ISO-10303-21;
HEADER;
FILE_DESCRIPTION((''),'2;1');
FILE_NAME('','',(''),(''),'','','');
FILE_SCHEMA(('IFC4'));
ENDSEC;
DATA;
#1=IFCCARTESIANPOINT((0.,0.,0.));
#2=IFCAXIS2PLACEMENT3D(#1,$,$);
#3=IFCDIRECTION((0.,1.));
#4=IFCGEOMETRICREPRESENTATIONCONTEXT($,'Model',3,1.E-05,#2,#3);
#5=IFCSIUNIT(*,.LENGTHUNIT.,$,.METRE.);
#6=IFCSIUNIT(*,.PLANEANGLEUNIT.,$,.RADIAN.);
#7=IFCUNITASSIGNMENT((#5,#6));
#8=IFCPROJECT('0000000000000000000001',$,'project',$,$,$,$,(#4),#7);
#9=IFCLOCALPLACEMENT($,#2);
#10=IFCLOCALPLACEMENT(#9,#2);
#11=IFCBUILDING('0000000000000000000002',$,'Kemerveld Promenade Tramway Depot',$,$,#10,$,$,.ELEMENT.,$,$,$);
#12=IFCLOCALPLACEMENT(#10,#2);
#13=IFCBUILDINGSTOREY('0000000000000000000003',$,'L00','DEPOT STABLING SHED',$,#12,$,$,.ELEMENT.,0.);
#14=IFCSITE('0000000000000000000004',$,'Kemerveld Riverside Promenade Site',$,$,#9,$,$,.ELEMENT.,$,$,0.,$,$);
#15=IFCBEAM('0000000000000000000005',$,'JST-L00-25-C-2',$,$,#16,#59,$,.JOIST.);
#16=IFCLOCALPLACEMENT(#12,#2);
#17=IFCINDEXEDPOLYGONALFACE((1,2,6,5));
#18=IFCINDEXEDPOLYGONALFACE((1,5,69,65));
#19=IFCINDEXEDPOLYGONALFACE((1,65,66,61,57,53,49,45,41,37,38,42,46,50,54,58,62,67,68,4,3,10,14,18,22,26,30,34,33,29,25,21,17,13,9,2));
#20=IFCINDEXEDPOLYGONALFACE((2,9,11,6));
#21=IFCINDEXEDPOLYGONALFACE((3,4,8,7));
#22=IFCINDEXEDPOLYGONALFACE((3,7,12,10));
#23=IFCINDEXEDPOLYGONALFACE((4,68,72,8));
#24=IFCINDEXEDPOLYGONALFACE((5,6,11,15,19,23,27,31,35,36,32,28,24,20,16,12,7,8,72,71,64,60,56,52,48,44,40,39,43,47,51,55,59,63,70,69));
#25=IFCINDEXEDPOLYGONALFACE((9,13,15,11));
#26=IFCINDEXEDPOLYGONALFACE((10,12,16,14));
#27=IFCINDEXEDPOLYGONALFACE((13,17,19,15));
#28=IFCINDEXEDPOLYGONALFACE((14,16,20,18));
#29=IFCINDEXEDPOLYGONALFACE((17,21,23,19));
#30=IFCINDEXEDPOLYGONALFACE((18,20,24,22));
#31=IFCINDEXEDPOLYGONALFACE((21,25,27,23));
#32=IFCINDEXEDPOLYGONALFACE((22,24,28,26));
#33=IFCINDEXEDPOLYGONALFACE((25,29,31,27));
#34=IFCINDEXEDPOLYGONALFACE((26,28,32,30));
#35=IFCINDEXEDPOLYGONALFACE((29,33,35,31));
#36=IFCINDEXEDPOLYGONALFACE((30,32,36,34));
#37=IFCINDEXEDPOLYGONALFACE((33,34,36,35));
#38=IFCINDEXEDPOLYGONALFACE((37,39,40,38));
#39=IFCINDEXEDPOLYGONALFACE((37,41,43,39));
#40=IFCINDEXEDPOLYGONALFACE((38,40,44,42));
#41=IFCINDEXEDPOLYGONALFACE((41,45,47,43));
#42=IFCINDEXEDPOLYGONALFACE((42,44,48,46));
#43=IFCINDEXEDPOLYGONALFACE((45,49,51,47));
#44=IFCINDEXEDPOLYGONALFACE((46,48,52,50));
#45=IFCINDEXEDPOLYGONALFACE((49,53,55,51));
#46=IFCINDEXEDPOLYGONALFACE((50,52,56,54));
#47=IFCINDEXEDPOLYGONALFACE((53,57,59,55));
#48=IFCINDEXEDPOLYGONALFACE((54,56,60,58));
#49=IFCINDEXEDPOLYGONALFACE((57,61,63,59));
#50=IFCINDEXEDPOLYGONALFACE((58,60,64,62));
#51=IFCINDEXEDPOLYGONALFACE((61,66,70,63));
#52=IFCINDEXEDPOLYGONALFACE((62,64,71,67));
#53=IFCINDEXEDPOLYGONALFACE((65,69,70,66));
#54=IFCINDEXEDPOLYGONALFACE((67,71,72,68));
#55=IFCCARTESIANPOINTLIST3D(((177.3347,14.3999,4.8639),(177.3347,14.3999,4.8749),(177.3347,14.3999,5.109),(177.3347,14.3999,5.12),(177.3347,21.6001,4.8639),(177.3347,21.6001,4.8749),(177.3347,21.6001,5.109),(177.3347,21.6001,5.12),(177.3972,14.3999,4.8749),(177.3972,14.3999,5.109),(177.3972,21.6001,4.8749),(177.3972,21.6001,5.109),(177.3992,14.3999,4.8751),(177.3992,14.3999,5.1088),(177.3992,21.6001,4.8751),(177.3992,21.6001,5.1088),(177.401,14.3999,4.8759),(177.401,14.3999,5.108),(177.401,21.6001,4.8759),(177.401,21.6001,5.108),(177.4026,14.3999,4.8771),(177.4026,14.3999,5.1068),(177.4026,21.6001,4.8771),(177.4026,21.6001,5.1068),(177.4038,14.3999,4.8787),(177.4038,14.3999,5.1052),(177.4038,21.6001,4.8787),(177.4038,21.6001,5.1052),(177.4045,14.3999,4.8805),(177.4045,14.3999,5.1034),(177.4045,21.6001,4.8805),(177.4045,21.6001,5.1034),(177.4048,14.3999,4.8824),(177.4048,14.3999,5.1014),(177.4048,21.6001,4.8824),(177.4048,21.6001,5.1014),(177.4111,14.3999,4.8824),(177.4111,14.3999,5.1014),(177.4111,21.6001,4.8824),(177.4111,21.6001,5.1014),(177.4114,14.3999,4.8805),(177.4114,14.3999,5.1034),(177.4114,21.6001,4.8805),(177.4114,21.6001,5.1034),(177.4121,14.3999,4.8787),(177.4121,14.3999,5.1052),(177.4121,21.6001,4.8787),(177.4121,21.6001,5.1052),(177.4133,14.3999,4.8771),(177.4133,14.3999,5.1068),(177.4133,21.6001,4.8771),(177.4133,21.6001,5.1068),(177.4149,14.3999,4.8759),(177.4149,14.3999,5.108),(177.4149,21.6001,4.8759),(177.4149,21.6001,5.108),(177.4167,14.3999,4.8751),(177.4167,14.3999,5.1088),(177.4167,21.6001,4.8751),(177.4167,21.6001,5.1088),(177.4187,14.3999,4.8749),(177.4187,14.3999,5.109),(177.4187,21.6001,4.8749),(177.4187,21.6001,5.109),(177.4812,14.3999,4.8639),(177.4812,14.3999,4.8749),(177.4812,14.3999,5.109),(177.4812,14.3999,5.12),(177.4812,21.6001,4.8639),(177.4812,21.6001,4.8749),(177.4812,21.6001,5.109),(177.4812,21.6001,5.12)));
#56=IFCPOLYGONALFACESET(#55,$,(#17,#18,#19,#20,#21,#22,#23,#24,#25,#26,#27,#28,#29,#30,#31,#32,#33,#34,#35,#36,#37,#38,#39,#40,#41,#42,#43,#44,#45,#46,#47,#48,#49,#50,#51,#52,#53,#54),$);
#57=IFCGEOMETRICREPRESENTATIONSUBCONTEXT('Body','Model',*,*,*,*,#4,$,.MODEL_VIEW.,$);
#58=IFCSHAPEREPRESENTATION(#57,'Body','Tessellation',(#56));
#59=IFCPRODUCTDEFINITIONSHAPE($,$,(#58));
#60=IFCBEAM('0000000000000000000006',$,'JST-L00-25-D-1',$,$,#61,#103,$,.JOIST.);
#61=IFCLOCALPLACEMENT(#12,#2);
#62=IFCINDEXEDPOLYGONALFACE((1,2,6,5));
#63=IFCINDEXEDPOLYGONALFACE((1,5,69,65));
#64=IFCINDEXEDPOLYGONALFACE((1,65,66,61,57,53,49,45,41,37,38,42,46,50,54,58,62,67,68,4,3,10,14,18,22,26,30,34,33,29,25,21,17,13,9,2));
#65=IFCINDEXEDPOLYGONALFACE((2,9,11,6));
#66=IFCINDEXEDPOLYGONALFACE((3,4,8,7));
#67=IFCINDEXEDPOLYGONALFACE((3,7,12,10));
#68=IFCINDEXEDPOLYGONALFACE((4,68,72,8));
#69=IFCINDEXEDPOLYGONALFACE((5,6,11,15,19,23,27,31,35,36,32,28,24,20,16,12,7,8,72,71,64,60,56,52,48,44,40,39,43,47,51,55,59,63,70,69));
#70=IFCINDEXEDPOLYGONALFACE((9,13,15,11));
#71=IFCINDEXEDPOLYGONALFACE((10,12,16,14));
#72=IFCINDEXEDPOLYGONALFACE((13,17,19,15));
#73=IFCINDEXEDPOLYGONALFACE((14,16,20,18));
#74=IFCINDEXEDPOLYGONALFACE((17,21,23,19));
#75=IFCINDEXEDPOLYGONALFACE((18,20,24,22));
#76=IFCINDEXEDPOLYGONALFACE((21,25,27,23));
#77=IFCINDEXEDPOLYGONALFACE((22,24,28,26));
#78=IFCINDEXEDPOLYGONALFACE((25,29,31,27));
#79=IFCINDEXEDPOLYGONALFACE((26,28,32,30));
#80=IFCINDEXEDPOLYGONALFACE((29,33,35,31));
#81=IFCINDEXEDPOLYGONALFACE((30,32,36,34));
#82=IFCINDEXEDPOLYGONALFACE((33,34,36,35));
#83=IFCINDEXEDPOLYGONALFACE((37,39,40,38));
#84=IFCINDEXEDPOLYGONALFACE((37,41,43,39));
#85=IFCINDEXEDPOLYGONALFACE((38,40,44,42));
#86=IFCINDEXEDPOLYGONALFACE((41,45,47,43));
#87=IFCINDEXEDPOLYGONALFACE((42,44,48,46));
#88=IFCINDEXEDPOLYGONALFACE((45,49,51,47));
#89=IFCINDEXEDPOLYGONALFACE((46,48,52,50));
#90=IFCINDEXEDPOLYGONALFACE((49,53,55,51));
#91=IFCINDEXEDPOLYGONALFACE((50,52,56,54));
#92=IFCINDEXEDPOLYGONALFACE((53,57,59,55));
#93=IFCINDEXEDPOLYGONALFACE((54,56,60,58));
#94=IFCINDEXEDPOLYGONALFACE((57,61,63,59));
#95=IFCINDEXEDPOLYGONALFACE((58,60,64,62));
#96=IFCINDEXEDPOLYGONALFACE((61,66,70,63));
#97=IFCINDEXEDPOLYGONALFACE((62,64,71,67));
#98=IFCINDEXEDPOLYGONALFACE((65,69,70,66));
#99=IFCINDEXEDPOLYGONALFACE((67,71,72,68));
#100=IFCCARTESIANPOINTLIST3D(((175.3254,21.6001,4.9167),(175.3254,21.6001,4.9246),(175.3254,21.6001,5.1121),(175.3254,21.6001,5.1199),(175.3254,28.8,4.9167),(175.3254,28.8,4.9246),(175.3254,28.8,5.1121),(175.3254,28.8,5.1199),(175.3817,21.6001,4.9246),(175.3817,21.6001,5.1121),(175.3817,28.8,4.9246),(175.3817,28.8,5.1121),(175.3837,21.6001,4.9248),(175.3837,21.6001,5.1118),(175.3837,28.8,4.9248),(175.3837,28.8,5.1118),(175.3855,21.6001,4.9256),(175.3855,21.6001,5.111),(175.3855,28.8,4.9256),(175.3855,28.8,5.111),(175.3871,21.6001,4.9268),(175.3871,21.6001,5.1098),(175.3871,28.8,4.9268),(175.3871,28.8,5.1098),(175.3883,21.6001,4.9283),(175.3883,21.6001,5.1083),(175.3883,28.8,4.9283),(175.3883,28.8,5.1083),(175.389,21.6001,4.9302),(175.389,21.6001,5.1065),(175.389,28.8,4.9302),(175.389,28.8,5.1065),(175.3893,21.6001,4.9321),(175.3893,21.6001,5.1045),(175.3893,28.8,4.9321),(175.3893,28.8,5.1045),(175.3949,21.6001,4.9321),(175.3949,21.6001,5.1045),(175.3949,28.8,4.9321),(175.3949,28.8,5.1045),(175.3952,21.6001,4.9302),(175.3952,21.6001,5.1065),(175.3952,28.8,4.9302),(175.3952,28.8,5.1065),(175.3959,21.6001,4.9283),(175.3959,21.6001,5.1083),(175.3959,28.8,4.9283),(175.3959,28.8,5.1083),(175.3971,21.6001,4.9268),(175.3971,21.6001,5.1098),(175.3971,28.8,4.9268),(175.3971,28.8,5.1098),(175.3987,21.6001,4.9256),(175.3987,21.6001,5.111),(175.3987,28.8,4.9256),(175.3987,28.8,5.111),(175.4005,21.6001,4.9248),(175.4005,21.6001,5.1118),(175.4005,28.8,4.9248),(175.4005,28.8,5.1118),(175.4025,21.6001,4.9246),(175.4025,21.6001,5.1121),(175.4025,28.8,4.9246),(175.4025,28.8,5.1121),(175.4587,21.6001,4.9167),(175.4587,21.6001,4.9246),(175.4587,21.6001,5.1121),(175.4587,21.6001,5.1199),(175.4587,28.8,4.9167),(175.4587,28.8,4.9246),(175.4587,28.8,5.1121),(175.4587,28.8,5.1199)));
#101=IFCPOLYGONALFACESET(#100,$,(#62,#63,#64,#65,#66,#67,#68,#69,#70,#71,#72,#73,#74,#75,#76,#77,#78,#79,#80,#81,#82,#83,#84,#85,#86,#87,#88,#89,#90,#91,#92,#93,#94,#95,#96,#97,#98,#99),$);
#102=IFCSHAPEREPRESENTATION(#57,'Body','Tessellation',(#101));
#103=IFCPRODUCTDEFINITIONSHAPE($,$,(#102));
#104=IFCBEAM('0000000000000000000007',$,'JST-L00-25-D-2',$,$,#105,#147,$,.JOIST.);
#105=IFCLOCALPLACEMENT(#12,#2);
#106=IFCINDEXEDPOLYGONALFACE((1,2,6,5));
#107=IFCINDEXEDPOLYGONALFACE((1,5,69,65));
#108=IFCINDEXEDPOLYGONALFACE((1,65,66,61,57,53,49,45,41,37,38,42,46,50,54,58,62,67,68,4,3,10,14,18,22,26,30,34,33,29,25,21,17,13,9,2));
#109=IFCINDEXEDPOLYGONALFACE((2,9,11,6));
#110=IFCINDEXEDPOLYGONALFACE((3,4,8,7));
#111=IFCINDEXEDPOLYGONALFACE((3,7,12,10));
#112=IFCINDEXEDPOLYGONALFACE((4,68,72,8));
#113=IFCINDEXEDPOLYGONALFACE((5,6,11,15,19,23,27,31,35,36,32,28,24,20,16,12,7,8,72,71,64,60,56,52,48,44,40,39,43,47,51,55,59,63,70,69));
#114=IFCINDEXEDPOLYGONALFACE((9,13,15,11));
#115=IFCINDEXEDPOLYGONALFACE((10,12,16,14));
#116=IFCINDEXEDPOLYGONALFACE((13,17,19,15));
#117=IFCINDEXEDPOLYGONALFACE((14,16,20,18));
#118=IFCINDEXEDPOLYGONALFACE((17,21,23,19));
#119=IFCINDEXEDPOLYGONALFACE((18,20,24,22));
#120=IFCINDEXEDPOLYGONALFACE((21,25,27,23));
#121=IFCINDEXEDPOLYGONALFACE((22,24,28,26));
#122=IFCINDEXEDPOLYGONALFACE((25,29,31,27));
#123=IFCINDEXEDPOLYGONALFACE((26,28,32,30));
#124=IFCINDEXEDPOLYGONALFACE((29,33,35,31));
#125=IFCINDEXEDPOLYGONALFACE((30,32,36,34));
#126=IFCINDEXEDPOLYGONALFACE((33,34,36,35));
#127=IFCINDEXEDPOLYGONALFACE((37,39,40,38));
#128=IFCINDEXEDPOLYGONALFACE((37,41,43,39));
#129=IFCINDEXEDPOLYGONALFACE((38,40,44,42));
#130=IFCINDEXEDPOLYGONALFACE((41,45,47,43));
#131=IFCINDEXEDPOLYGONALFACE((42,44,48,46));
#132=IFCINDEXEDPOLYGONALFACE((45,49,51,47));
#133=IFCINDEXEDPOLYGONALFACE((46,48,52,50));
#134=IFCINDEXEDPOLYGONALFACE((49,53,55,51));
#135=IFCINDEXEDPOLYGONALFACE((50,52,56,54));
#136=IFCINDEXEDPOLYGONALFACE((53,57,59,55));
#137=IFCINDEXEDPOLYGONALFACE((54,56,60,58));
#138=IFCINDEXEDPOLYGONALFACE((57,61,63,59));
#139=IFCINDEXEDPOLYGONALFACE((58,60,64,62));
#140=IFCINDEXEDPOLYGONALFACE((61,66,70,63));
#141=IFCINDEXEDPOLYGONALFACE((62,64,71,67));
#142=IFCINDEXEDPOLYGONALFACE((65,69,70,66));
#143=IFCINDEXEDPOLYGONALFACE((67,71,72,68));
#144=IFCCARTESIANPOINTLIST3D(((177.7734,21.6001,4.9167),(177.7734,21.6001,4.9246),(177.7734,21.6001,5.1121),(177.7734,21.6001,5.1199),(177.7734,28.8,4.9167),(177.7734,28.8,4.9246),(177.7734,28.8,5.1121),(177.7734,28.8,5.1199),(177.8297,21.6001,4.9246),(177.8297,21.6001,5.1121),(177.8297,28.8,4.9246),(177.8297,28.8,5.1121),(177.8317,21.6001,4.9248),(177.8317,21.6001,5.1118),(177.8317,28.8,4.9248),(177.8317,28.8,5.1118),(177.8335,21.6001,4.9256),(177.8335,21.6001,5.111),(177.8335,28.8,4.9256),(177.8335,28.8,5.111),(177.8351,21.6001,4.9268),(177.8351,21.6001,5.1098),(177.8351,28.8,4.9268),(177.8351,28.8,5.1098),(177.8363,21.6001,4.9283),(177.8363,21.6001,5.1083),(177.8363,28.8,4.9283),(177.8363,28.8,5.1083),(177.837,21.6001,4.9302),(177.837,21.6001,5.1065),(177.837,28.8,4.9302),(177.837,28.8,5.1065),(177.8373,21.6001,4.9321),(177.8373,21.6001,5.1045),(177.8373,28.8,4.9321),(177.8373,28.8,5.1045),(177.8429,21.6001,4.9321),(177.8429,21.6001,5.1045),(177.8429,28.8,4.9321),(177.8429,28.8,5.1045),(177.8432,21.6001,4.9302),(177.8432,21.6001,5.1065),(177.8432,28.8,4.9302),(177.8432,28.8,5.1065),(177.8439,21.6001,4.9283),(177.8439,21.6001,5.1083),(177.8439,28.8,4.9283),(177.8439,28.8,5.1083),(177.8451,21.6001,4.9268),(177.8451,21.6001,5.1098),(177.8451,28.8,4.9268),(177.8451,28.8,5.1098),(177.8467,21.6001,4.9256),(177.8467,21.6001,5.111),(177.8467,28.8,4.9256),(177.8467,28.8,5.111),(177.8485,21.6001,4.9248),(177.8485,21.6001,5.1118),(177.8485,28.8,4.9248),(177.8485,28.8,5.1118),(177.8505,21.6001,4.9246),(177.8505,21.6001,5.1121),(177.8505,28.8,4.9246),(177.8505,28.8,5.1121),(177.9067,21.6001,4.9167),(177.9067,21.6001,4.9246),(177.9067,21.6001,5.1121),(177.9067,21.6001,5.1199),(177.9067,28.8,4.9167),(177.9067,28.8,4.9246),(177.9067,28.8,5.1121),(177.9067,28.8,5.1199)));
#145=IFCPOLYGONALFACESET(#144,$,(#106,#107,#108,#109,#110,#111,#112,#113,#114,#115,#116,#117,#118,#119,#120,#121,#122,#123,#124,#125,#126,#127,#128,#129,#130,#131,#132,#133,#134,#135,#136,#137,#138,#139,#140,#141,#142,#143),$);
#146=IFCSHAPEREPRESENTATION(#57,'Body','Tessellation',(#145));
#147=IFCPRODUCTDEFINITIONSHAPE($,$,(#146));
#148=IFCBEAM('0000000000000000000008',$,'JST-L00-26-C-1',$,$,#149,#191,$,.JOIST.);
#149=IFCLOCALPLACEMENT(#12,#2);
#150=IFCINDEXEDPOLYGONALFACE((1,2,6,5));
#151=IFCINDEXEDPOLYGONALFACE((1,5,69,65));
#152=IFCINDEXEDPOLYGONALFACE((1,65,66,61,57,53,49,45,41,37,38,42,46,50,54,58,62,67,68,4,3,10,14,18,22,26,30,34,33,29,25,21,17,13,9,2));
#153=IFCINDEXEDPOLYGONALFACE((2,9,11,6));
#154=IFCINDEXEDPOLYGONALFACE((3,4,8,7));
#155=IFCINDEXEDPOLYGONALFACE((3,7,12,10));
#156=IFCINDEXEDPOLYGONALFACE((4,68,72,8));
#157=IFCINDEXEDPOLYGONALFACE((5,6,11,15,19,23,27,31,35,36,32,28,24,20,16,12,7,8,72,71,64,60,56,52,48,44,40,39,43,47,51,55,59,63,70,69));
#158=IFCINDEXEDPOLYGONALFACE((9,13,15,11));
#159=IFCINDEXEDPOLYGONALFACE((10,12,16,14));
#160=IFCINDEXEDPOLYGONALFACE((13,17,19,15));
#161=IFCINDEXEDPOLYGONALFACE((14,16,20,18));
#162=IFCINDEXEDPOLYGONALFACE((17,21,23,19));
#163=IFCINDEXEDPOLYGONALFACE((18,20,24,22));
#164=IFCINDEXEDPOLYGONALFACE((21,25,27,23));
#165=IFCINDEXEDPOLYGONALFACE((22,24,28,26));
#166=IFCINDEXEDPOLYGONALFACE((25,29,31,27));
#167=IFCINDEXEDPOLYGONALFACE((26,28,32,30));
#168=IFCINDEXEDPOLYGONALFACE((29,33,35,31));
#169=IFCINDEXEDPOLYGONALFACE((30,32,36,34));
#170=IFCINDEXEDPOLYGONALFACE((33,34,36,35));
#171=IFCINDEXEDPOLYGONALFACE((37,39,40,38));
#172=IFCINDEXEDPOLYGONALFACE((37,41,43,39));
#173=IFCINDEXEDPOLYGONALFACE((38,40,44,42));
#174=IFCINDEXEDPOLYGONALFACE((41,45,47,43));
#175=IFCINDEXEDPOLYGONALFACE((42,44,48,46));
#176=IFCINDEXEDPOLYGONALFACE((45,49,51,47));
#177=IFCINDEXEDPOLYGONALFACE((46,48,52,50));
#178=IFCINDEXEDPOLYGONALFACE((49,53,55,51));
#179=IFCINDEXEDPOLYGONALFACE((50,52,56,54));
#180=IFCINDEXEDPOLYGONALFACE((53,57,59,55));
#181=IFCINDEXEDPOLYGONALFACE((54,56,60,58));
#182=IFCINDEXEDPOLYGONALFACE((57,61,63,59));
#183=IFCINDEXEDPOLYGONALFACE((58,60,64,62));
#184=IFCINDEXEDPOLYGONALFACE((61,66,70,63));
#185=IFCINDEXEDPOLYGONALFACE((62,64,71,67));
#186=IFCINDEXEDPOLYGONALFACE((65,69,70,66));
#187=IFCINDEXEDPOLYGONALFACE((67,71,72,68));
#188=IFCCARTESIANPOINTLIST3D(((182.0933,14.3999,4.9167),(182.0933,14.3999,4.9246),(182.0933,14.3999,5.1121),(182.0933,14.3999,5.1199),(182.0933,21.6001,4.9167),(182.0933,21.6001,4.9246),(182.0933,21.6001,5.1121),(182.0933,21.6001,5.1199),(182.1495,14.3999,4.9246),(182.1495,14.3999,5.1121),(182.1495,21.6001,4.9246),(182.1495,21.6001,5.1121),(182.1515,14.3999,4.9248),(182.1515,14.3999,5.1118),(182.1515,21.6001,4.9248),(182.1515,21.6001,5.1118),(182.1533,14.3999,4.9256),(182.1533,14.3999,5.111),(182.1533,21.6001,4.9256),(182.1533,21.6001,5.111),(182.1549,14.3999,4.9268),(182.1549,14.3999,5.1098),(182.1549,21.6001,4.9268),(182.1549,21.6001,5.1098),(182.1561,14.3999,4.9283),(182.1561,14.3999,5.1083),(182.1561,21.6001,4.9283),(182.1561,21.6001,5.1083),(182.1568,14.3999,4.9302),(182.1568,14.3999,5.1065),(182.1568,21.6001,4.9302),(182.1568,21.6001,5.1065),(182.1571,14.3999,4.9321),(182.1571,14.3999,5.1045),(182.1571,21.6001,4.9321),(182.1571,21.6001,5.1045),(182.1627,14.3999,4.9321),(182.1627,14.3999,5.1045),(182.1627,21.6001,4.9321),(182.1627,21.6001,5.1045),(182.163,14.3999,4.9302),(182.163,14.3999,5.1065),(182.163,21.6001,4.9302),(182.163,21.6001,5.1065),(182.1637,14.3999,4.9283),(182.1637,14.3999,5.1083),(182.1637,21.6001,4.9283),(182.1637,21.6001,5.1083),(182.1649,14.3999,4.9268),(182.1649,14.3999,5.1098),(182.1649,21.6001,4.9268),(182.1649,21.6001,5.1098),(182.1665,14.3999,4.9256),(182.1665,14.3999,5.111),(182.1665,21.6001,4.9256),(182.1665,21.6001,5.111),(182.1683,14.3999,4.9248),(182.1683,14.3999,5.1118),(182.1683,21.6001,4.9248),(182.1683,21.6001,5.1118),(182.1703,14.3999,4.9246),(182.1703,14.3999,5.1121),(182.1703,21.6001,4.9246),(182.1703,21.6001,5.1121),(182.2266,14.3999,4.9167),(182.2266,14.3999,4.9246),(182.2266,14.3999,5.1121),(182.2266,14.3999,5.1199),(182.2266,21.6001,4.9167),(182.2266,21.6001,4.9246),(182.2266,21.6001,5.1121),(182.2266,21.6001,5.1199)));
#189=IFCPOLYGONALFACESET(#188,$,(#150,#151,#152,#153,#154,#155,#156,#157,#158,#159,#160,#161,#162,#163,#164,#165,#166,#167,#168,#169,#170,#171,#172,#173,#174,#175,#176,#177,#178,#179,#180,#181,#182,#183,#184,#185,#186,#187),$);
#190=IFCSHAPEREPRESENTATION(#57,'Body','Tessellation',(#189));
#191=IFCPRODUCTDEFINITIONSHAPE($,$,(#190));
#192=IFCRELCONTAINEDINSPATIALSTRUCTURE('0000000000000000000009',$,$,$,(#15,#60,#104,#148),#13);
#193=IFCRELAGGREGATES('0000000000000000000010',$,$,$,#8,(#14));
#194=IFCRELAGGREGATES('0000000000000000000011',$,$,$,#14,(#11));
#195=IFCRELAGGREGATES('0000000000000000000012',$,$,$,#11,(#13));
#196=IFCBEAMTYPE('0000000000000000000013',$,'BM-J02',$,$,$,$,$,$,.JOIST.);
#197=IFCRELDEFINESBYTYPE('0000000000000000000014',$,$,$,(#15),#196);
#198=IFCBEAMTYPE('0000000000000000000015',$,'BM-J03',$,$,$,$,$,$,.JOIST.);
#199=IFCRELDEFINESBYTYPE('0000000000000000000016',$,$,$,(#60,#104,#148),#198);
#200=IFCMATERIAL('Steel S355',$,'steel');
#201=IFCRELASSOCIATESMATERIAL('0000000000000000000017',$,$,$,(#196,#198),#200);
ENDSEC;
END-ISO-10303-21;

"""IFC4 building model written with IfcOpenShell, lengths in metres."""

from ifc_helpers import new_model, si_unit, direction, frame, origin, origin_2d, place, context, subcontext, project, spatial, i_section, extrude, material, material_profile, profile_set, type_object, element, save


model = new_model("IFC4")

# Units and contexts
model_context = context("Model", 3, precision=1e-05, world=origin(), true_north=direction((0.0, 1.0)))
body_context = subcontext(model_context, "Body", "Model", "MODEL_VIEW")
ifc_project = project(units=[si_unit("LENGTHUNIT", "METRE"), si_unit("PLANEANGLEUNIT", "RADIAN")], contexts=[model_context])

# Site, building, storey
site_placement = place(None, origin())
site = spatial("IfcSite", under=ifc_project, at=site_placement, Name="Kemerveld Riverside Promenade Site", CompositionType="ELEMENT", RefElevation=0.0)
building_placement = place(site_placement, origin())
building = spatial("IfcBuilding", under=site, at=building_placement, Name="Kemerveld Promenade Tramway Depot", CompositionType="ELEMENT")
storey_placement = place(building_placement, origin())
storey = spatial("IfcBuildingStorey", under=building, at=storey_placement, Name="L00", Description="DEPOT STABLING SHED", CompositionType="ELEMENT", Elevation=0.0)

# Shared definitions
ifc_material_1 = material(Name="Steel S355", Category="steel")

# Beams
ifc_material_profile_1 = material_profile(ifc_material_1, i_section(OverallWidth=0.1465, OverallDepth=0.2561, WebThickness=0.0063, FlangeThickness=0.011, FilletRadius=0.0076, at=origin_2d()), Name="254x146x37 UB")
ifc_profile_set_1 = profile_set([ifc_material_profile_1], Name="Steel S355")
beam_type_1 = type_object("IfcBeamType", Name="BM-J02", PredefinedType="JOIST", material=ifc_profile_set_1)
for number, where, z_axis, x_axis, name in (
    (1, (177.408, 14.3999, 4.9919), (0.0, 1.0, 0.0), (-1.0, 0.0, 0.0), "JST-L00-25-C-2"),
):
    element("IfcBeam", number, at=place(storey_placement, frame(where, z_axis=z_axis, x_axis=x_axis)), inside=storey, type_object=beam_type_1, Name=name, PredefinedType="JOIST", context=body_context, shape_type="SweptSolid", body=[
        extrude(i_section(OverallWidth=0.1465, OverallDepth=0.2561, WebThickness=0.0063, FlangeThickness=0.011, FilletRadius=0.0076, at=origin_2d()), origin(), (0.0, 0.0, 1.0), 7.2002),
    ])
ifc_material_profile_2 = material_profile(ifc_material_1, i_section(OverallWidth=0.1333, OverallDepth=0.2031, WebThickness=0.0056, FlangeThickness=0.0078, FilletRadius=0.0076, at=origin_2d()), Name="203x133x25 UB")
ifc_profile_set_2 = profile_set([ifc_material_profile_2], Name="Steel S355")
beam_type_2 = type_object("IfcBeamType", Name="BM-J03", PredefinedType="JOIST", material=ifc_profile_set_2)
for number, where, z_axis, x_axis, name in (
    (2, (175.3921, 21.6001, 5.0183), (0.0, 1.0, 0.0), (-1.0, 0.0, 0.0), "JST-L00-25-D-1"),
    (3, (177.8401, 21.6001, 5.0183), (0.0, 1.0, 0.0), (-1.0, 0.0, 0.0), "JST-L00-25-D-2"),
):
    element("IfcBeam", number, at=place(storey_placement, frame(where, z_axis=z_axis, x_axis=x_axis)), inside=storey, type_object=beam_type_2, Name=name, PredefinedType="JOIST", context=body_context, shape_type="SweptSolid", body=[
        extrude(i_section(OverallWidth=0.1333, OverallDepth=0.2031, WebThickness=0.0056, FlangeThickness=0.0078, FilletRadius=0.0076, at=origin_2d()), origin(), (0.0, 0.0, 1.0), 7.2),
    ])
for number, where, z_axis, x_axis, name in (
    (4, (182.1599, 14.3999, 5.0183), (0.0, 1.0, 0.0), (-1.0, 0.0, 0.0), "JST-L00-26-C-1"),
):
    element("IfcBeam", number, at=place(storey_placement, frame(where, z_axis=z_axis, x_axis=x_axis)), inside=storey, type_object=beam_type_2, Name=name, PredefinedType="JOIST", context=body_context, shape_type="SweptSolid", body=[
        extrude(i_section(OverallWidth=0.1333, OverallDepth=0.2031, WebThickness=0.0056, FlangeThickness=0.0078, FilletRadius=0.0076, at=origin_2d()), origin(), (0.0, 0.0, 1.0), 7.2002),
    ])

save(model, "model.ifc")
